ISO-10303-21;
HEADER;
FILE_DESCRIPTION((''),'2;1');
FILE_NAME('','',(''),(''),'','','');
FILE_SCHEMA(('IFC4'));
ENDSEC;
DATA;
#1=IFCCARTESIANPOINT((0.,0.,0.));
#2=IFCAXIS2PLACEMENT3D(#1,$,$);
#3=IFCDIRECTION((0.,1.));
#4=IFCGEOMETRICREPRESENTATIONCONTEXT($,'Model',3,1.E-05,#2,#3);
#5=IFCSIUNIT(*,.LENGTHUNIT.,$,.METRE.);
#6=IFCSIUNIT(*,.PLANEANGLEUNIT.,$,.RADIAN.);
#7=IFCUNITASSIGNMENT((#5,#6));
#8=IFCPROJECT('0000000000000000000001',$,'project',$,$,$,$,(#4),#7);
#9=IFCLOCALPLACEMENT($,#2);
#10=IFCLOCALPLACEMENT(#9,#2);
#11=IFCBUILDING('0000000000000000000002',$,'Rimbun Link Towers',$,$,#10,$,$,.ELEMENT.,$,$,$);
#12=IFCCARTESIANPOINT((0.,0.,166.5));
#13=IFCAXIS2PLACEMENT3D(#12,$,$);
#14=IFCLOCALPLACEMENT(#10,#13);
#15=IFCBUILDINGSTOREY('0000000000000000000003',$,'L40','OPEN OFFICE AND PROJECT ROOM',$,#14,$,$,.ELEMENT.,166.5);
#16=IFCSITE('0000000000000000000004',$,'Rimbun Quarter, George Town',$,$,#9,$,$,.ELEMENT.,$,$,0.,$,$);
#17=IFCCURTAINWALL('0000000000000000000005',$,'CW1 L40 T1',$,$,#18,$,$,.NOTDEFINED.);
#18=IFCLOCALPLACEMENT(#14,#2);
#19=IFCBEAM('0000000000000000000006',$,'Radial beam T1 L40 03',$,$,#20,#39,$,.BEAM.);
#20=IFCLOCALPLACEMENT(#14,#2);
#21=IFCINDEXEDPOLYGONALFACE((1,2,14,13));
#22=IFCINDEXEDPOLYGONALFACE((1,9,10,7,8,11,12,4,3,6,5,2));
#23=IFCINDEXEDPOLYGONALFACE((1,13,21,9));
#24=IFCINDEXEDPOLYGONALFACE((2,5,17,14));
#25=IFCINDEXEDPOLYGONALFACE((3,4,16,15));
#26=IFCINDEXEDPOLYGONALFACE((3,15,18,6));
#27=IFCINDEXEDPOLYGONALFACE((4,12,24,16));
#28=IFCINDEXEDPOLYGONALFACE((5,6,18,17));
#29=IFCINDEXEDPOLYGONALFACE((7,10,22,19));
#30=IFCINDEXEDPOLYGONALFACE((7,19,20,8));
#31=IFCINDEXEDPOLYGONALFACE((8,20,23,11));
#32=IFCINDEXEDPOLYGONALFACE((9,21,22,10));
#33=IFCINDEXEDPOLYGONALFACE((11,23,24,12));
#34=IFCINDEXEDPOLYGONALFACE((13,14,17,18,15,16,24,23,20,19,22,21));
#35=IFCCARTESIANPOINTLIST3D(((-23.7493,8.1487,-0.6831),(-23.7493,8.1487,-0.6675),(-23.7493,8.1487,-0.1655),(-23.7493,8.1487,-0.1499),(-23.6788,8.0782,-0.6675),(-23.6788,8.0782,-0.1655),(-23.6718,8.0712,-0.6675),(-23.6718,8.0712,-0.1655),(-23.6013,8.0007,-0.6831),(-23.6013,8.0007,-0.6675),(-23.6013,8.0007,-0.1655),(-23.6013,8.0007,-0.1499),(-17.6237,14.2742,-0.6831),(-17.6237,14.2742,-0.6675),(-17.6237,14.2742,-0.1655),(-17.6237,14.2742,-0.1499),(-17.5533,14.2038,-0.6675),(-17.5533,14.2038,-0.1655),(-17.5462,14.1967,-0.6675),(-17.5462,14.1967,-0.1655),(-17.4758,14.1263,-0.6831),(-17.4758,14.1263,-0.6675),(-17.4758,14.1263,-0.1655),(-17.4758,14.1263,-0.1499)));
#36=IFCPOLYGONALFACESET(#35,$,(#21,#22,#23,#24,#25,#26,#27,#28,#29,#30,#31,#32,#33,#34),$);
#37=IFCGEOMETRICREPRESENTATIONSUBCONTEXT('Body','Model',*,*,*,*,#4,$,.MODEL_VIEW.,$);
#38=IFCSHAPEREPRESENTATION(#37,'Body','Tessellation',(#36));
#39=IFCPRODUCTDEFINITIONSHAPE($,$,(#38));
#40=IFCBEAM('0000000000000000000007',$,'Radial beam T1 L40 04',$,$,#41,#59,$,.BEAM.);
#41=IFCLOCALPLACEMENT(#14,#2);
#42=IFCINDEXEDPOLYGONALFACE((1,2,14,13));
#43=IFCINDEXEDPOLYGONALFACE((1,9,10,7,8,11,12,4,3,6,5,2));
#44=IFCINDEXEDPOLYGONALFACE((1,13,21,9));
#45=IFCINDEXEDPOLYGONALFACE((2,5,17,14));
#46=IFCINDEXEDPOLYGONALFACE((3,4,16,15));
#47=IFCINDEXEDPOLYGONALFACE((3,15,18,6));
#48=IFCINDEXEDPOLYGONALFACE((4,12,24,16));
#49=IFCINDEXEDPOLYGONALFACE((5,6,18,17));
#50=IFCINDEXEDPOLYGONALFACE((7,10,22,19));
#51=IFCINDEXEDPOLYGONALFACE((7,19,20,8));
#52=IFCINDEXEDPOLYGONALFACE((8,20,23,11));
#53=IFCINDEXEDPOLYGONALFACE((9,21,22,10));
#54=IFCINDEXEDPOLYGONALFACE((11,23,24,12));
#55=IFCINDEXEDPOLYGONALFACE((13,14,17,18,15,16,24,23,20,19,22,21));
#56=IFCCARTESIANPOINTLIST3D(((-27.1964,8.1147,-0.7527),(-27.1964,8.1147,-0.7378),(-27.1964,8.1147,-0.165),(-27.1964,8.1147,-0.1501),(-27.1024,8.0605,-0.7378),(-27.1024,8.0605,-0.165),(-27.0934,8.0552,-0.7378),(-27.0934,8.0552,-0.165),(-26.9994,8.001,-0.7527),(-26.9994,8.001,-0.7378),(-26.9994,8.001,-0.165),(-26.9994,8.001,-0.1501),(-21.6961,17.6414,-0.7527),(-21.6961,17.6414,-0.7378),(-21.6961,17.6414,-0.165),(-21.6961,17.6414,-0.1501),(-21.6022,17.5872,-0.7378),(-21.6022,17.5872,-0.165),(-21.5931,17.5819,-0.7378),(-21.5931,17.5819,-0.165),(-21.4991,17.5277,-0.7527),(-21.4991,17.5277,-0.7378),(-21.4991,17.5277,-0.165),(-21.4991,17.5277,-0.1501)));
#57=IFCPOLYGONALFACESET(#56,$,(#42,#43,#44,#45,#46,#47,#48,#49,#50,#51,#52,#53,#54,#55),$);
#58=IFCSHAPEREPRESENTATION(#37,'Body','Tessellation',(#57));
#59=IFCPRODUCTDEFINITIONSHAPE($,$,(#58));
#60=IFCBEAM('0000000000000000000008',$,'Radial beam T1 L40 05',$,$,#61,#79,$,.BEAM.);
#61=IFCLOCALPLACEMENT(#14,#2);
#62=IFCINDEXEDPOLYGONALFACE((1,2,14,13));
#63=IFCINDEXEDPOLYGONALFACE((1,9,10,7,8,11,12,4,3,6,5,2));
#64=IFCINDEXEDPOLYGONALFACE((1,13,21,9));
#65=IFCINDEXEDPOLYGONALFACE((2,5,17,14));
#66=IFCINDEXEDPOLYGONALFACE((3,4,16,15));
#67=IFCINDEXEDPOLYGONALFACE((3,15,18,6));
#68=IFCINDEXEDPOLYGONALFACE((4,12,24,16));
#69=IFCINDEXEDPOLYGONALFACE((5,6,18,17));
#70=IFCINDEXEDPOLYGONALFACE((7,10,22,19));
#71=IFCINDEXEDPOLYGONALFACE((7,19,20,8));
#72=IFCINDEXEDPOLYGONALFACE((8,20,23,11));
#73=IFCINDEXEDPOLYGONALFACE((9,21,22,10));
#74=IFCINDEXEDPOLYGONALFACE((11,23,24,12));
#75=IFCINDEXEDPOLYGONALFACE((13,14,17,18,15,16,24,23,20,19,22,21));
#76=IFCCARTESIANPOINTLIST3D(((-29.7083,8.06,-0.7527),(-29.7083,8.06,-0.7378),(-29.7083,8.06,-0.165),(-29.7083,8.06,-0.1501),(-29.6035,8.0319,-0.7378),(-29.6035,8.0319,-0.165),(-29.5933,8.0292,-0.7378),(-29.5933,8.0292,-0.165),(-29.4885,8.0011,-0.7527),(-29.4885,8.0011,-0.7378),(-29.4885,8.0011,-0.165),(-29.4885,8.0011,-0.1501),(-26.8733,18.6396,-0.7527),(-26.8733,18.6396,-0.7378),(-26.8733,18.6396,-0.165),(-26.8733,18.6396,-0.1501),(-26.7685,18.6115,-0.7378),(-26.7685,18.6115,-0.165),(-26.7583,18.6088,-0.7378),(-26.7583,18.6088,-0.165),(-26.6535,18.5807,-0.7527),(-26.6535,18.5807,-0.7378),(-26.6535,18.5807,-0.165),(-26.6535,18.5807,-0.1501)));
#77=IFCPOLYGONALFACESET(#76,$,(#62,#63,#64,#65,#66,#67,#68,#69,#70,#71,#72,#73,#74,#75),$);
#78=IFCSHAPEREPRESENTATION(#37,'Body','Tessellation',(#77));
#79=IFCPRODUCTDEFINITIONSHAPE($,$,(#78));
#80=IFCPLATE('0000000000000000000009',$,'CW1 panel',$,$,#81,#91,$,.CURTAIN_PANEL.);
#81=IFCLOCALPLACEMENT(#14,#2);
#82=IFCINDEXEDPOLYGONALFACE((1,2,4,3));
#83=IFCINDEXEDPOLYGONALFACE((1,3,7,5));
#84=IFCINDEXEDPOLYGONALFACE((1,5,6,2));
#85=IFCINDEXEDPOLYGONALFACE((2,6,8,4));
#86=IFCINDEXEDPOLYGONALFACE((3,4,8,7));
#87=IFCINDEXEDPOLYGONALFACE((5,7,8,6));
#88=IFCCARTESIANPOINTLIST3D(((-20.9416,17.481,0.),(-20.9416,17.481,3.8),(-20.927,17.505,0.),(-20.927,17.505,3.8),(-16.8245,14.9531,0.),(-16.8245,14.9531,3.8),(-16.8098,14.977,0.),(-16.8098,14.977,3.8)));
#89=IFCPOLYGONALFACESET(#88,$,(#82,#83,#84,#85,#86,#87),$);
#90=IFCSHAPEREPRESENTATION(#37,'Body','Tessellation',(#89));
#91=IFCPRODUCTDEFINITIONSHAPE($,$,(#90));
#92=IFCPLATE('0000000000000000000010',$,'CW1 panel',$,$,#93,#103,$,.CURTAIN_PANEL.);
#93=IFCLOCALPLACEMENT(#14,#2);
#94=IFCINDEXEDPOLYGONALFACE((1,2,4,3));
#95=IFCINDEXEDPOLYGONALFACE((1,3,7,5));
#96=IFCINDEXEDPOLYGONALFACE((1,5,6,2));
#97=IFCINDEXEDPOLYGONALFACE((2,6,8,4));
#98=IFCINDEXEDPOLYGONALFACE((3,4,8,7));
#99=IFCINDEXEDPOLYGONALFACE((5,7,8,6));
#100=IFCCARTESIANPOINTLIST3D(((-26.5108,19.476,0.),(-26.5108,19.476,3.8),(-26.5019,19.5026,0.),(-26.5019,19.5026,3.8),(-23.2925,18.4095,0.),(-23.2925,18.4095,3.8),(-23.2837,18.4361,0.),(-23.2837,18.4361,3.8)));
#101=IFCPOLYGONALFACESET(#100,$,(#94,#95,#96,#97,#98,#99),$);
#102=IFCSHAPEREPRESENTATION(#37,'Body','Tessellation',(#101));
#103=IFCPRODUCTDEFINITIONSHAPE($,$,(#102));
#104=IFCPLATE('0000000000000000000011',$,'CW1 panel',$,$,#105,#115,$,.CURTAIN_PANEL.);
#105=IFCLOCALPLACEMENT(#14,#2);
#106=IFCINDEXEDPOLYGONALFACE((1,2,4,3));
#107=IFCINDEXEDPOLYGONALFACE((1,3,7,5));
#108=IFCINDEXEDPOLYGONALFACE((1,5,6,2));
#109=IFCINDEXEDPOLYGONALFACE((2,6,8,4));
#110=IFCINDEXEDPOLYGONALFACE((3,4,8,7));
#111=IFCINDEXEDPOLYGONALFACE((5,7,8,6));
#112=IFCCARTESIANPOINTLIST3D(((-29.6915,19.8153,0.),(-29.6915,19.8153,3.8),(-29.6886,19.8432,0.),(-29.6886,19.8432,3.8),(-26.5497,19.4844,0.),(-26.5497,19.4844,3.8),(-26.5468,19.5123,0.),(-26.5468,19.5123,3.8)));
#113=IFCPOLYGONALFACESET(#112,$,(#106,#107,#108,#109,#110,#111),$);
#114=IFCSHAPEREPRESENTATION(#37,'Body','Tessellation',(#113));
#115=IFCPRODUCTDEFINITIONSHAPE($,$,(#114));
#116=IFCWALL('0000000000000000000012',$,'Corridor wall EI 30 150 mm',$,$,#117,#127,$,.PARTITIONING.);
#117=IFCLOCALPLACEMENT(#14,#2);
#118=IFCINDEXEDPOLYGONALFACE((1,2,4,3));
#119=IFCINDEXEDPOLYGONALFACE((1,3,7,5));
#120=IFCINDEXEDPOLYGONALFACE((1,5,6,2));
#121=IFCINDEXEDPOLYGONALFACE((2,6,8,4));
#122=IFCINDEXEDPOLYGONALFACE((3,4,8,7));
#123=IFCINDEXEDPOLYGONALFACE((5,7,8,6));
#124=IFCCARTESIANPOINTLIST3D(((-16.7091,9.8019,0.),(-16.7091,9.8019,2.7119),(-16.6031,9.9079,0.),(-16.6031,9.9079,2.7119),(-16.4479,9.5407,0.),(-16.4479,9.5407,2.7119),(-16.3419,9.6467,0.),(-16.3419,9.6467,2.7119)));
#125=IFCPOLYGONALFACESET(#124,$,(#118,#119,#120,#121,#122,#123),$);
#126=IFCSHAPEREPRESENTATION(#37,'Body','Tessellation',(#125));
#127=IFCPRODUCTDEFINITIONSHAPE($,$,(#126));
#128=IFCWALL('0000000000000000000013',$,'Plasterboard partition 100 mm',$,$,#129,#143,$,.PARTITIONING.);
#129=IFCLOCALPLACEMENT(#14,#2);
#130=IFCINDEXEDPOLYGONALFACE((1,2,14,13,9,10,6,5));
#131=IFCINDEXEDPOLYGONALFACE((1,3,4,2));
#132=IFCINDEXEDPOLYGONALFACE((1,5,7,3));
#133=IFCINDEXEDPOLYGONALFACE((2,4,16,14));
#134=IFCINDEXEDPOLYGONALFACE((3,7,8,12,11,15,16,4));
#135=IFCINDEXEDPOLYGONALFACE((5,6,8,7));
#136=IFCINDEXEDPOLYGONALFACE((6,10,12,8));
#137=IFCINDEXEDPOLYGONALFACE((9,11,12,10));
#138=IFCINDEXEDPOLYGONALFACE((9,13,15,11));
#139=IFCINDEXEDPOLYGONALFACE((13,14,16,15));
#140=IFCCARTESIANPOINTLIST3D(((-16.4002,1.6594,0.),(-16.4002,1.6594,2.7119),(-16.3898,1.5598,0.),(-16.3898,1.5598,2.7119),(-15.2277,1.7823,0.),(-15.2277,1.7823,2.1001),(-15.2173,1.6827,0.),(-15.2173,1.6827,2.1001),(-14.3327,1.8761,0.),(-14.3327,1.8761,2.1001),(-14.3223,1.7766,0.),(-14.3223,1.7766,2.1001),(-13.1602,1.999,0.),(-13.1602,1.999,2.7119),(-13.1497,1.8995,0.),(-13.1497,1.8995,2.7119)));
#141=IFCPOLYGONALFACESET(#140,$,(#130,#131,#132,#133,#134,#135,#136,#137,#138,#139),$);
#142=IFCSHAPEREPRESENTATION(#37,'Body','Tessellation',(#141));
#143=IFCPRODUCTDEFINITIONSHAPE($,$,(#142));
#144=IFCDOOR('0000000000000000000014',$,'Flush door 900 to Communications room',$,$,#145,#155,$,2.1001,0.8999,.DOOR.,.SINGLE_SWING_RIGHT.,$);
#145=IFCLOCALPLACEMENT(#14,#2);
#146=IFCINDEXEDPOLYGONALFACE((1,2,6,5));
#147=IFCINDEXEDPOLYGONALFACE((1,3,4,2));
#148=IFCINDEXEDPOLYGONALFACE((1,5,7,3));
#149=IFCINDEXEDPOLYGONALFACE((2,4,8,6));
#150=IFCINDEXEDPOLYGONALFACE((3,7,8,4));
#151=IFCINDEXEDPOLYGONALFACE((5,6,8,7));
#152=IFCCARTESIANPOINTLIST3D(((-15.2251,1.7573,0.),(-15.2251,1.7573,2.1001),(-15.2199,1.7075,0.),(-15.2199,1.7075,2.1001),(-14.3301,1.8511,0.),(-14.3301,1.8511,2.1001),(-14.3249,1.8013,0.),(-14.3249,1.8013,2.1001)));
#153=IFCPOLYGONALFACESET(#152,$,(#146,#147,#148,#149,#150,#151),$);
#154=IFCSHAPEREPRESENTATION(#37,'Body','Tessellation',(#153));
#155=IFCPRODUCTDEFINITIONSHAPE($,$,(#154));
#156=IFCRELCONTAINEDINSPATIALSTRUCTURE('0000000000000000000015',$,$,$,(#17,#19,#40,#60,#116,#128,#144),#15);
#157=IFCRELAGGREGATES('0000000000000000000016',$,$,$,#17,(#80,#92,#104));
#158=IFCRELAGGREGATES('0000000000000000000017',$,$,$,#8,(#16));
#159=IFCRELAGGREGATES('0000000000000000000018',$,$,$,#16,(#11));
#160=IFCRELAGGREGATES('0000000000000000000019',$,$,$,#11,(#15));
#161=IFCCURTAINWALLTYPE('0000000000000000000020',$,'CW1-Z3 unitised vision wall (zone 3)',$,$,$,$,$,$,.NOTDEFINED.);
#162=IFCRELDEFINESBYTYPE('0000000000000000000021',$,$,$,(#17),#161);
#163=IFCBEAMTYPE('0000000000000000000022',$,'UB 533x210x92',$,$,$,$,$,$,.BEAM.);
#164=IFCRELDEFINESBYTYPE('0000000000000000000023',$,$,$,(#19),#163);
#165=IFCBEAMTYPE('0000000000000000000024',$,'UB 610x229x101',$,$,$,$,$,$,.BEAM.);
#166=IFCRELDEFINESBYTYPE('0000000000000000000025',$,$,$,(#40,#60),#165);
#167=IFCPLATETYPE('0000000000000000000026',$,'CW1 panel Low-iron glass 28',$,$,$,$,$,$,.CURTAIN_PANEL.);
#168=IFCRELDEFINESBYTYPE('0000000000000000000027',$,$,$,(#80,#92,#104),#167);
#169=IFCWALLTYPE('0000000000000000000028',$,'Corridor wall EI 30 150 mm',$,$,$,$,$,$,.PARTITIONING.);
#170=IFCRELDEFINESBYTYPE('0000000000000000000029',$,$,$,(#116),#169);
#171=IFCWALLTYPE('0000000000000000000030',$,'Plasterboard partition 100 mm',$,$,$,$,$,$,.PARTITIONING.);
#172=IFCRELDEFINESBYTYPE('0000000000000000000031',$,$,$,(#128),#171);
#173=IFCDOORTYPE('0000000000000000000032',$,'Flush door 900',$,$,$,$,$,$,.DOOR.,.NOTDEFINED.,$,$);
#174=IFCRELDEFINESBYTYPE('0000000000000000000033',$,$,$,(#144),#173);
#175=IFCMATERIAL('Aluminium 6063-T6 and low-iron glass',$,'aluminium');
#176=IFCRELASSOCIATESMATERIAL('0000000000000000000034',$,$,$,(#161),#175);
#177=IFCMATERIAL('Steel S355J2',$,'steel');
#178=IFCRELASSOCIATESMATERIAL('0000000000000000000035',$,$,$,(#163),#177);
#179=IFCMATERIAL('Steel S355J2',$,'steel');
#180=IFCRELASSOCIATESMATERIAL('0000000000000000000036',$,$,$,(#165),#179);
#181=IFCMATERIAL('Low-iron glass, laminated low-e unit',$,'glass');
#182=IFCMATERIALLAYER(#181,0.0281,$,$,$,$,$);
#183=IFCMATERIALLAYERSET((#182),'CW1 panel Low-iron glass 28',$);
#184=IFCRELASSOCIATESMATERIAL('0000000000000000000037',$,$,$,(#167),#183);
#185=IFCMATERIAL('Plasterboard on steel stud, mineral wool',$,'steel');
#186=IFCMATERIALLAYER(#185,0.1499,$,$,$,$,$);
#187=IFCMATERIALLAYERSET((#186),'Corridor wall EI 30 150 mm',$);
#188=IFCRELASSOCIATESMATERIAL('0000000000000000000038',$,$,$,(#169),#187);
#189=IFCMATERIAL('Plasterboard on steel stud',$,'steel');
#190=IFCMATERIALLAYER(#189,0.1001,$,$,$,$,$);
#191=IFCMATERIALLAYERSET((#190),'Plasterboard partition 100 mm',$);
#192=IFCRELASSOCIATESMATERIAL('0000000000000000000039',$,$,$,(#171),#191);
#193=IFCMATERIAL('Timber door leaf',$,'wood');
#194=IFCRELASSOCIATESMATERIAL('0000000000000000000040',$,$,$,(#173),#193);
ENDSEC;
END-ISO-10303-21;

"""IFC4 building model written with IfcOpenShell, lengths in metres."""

from ifc_helpers import new_model, si_unit, direction, frame, frame_2d, origin, origin_2d, place, context, subcontext, project, spatial, rectangle, i_section, extrude, material, layer, layer_set, material_profile, profile_set, type_object, element, fill, aggregate, save


model = new_model("IFC4")

# Units and contexts
model_context = context("Model", 3, precision=1e-05, world=origin(), true_north=direction((0.0, 1.0)))
body_context = subcontext(model_context, "Body", "Model", "MODEL_VIEW")
ifc_project = project(units=[si_unit("LENGTHUNIT", "METRE"), si_unit("PLANEANGLEUNIT", "RADIAN")], contexts=[model_context])

# Site, building, storey
site_placement = place(None, origin())
site = spatial("IfcSite", under=ifc_project, at=site_placement, Name="Rimbun Quarter, George Town", CompositionType="ELEMENT", RefElevation=0.0)
building_placement = place(site_placement, origin())
building = spatial("IfcBuilding", under=site, at=building_placement, Name="Rimbun Link Towers", CompositionType="ELEMENT")
storey_placement = place(building_placement, frame((0.0, 0.0, 166.5)))
storey = spatial("IfcBuildingStorey", under=building, at=storey_placement, Name="L40", Description="OPEN OFFICE AND PROJECT ROOM", CompositionType="ELEMENT", Elevation=166.5)

# Curtain wall
ifc_material_1 = material(Name="Aluminium 6063-T6 and low-iron glass", Category="aluminium")
curtain_wall_type = type_object("IfcCurtainWallType", Name="CW1-Z3 unitised vision wall (zone 3)", PredefinedType="NOTDEFINED", material=ifc_material_1)
curtain_wall_placement = place(storey_placement, origin())
curtain_wall = element("IfcCurtainWall", 1, at=curtain_wall_placement, inside=storey, type_object=curtain_wall_type, Name="CW1 L40 T1", PredefinedType="NOTDEFINED")

# Beams
ifc_material_2 = material(Name="Steel S355J2", Category="steel")
ifc_material_profile_1 = material_profile(ifc_material_2, i_section(OverallWidth=0.2092, OverallDepth=0.5332, WebThickness=0.01, FlangeThickness=0.0156, at=origin_2d()), Name="UB 533x210x92")
ifc_profile_set_1 = profile_set([ifc_material_profile_1], Name="Steel S355J2")
beam_type_1 = type_object("IfcBeamType", Name="UB 533x210x92", PredefinedType="BEAM", material=ifc_profile_set_1)
beam_1_placement = place(storey_placement, frame((-23.6753, 8.0747, -0.4165), z_axis=(0.707107, 0.707107, 0.0), x_axis=(-0.707107, 0.707107, 0.0)))
element("IfcBeam", 2, at=beam_1_placement, inside=storey, type_object=beam_type_1, Name="Radial beam T1 L40 03", PredefinedType="BEAM", context=body_context, shape_type="SweptSolid", body=[
    extrude(i_section(OverallWidth=0.2092, OverallDepth=0.5332, WebThickness=0.01, FlangeThickness=0.0156, at=origin_2d()), origin(), (0.0, 0.0, 1.0), 8.6628),
])
ifc_material_3 = material(Name="Steel S355J2", Category="steel")
ifc_material_profile_2 = material_profile(ifc_material_3, i_section(OverallWidth=0.2275, OverallDepth=0.6025, WebThickness=0.0105, FlangeThickness=0.0149, at=origin_2d()), Name="UB 610x229x101")
ifc_profile_set_2 = profile_set([ifc_material_profile_2], Name="Steel S355J2")
beam_type_2 = type_object("IfcBeamType", Name="UB 610x229x101", PredefinedType="BEAM", material=ifc_profile_set_2)
beam_2_placement = place(storey_placement, frame((-27.0979, 8.0579, -0.4514), z_axis=(0.500004, 0.866023, 0.0), x_axis=(-0.866023, 0.500004, 0.0)))
element("IfcBeam", 3, at=beam_2_placement, inside=storey, type_object=beam_type_2, Name="Radial beam T1 L40 04", PredefinedType="BEAM", context=body_context, shape_type="SweptSolid", body=[
    extrude(i_section(OverallWidth=0.2275, OverallDepth=0.6025, WebThickness=0.0105, FlangeThickness=0.0149, at=origin_2d()), origin(), (0.0, 0.0, 1.0), 11.0005),
])
beam_3_placement = place(storey_placement, frame((-29.5984, 8.0305, -0.4514), z_axis=(0.258833, 0.965922, 0.0), x_axis=(-0.965922, 0.258833, 0.0)))
element("IfcBeam", 4, at=beam_3_placement, inside=storey, type_object=beam_type_2, Name="Radial beam T1 L40 05", PredefinedType="BEAM", context=body_context, shape_type="SweptSolid", body=[
    extrude(i_section(OverallWidth=0.2275, OverallDepth=0.6025, WebThickness=0.0105, FlangeThickness=0.0149, at=origin_2d()), origin(), (0.0, 0.0, 1.0), 10.9529),
])

# Plates
ifc_material_4 = material(Name="Low-iron glass, laminated low-e unit", Category="glass")
ifc_layer_1 = layer(ifc_material_4, 0.0281)
ifc_layer_set_1 = layer_set([ifc_layer_1], Name="CW1 panel Low-iron glass 28")
plate_type = type_object("IfcPlateType", Name="CW1 panel Low-iron glass 28", PredefinedType="CURTAIN_PANEL", material=ifc_layer_set_1)
plate_1_placement = place(storey_placement, frame((-18.8757, 16.229, 0.0), z_axis=(0.0, 0.0, 1.0), x_axis=(0.852179, -0.52325, 0.0)))
plate_1 = element("IfcPlate", 5, at=plate_1_placement, type_object=plate_type, Name="CW1 panel", PredefinedType="CURTAIN_PANEL", context=body_context, shape_type="SweptSolid", body=[
    extrude(rectangle(XDim=4.8313, YDim=0.0281, at=origin_2d()), origin(), (0.0, 0.0, 1.0), 3.8),
])
plate_2_placement = place(storey_placement, frame((-24.8972, 18.9561, 0.0), z_axis=(0.0, 0.0, 1.0), x_axis=(0.949239, -0.314556, 0.0)))
plate_2 = element("IfcPlate", 6, at=plate_2_placement, type_object=plate_type, Name="CW1 panel", PredefinedType="CURTAIN_PANEL", context=body_context, shape_type="SweptSolid", body=[
    extrude(rectangle(XDim=3.3904, YDim=0.0281, at=origin_2d()), origin(), (0.0, 0.0, 1.0), 3.8),
])
plate_3_placement = place(storey_placement, frame((-28.1191, 19.6638, 0.0), z_axis=(0.0, 0.0, 1.0), x_axis=(0.9945, -0.10474, 0.0)))
plate_3 = element("IfcPlate", 7, at=plate_3_placement, type_object=plate_type, Name="CW1 panel", PredefinedType="CURTAIN_PANEL", context=body_context, shape_type="SweptSolid", body=[
    extrude(rectangle(XDim=3.1592, YDim=0.0281, at=origin_2d()), origin(), (0.0, 0.0, 1.0), 3.8),
])
aggregate(curtain_wall, [plate_1, plate_2, plate_3])

# Wall
ifc_material_5 = material(Name="Plasterboard on steel stud, mineral wool", Category="steel")
ifc_layer_2 = layer(ifc_material_5, 0.1499)
ifc_layer_set_2 = layer_set([ifc_layer_2], Name="Corridor wall EI 30 150 mm")
wall_type_1 = type_object("IfcWallType", Name="Corridor wall EI 30 150 mm", PredefinedType="PARTITIONING", material=ifc_layer_set_2)
wall_1_placement = place(storey_placement, frame((-16.395, 9.5938, 0.0), z_axis=(0.0, 0.0, 1.0), x_axis=(-0.707107, 0.707107, 0.0)))
element("IfcWall", 8, at=wall_1_placement, inside=storey, type_object=wall_type_1, Name="Corridor wall EI 30 150 mm", PredefinedType="PARTITIONING", context=body_context, shape_type="SweptSolid", body=[
    extrude(rectangle(XDim=0.3694, YDim=0.1499, at=frame_2d((0.1846, 0.0))), origin(), (0.0, 0.0, 1.0), 2.7119),
])

# Wall, opening, door
ifc_material_6 = material(Name="Plasterboard on steel stud", Category="steel")
ifc_layer_3 = layer(ifc_material_6, 0.1001)
ifc_layer_set_3 = layer_set([ifc_layer_3], Name="Plasterboard partition 100 mm")
wall_type_2 = type_object("IfcWallType", Name="Plasterboard partition 100 mm", PredefinedType="PARTITIONING", material=ifc_layer_set_3)
wall_2_placement = place(storey_placement, frame((-16.395, 1.6096, 0.0), z_axis=(0.0, 0.0, 1.0), x_axis=(0.994552, 0.104244, 0.0)))
wall_2 = element("IfcWall", 9, at=wall_2_placement, inside=storey, type_object=wall_type_2, Name="Plasterboard partition 100 mm", PredefinedType="PARTITIONING", context=body_context, shape_type="SweptSolid", body=[
    extrude(rectangle(XDim=3.2578, YDim=0.1001, at=frame_2d((1.6289, 0.0))), origin(), (0.0, 0.0, 1.0), 2.7119),
])
opening_1_placement = place(wall_2_placement, frame((1.179, 0.0, 0.0)))
opening_1 = element("IfcOpeningElement", 10, at=opening_1_placement, cuts=wall_2, PredefinedType="OPENING", context=body_context, shape_type="SweptSolid", body=[
    extrude(rectangle(XDim=0.8999, YDim=2.1001, at=frame_2d((0.45, 1.05))), frame((0.0, 0.0601, 0.0), z_axis=(0.0, -1.0, 0.0), x_axis=(1.0, 0.0, 0.0)), (0.0, 0.0, 1.0), 0.1201),
])
ifc_material_7 = material(Name="Timber door leaf", Category="wood")
door_type_1 = type_object("IfcDoorType", Name="Flush door 900", OperationType="NOTDEFINED", PredefinedType="DOOR", material=ifc_material_7)
door_1_placement = place(opening_1_placement, origin())
door_1 = element("IfcDoor", 11, at=door_1_placement, inside=storey, type_object=door_type_1, Name="Flush door 900 to Communications room", OperationType="SINGLE_SWING_RIGHT", OverallHeight=2.1001, OverallWidth=0.8999, PredefinedType="DOOR", context=body_context, shape_type="SweptSolid", body=[
    extrude(rectangle(XDim=0.8999, YDim=2.1001, at=frame_2d((0.45, 1.05))), frame((0.0, 0.0249, 0.0), z_axis=(0.0, -1.0, 0.0), x_axis=(1.0, 0.0, 0.0)), (0.0, 0.0, 1.0), 0.05),
])
fill(opening_1, door_1)

save(model, "model.ifc")
